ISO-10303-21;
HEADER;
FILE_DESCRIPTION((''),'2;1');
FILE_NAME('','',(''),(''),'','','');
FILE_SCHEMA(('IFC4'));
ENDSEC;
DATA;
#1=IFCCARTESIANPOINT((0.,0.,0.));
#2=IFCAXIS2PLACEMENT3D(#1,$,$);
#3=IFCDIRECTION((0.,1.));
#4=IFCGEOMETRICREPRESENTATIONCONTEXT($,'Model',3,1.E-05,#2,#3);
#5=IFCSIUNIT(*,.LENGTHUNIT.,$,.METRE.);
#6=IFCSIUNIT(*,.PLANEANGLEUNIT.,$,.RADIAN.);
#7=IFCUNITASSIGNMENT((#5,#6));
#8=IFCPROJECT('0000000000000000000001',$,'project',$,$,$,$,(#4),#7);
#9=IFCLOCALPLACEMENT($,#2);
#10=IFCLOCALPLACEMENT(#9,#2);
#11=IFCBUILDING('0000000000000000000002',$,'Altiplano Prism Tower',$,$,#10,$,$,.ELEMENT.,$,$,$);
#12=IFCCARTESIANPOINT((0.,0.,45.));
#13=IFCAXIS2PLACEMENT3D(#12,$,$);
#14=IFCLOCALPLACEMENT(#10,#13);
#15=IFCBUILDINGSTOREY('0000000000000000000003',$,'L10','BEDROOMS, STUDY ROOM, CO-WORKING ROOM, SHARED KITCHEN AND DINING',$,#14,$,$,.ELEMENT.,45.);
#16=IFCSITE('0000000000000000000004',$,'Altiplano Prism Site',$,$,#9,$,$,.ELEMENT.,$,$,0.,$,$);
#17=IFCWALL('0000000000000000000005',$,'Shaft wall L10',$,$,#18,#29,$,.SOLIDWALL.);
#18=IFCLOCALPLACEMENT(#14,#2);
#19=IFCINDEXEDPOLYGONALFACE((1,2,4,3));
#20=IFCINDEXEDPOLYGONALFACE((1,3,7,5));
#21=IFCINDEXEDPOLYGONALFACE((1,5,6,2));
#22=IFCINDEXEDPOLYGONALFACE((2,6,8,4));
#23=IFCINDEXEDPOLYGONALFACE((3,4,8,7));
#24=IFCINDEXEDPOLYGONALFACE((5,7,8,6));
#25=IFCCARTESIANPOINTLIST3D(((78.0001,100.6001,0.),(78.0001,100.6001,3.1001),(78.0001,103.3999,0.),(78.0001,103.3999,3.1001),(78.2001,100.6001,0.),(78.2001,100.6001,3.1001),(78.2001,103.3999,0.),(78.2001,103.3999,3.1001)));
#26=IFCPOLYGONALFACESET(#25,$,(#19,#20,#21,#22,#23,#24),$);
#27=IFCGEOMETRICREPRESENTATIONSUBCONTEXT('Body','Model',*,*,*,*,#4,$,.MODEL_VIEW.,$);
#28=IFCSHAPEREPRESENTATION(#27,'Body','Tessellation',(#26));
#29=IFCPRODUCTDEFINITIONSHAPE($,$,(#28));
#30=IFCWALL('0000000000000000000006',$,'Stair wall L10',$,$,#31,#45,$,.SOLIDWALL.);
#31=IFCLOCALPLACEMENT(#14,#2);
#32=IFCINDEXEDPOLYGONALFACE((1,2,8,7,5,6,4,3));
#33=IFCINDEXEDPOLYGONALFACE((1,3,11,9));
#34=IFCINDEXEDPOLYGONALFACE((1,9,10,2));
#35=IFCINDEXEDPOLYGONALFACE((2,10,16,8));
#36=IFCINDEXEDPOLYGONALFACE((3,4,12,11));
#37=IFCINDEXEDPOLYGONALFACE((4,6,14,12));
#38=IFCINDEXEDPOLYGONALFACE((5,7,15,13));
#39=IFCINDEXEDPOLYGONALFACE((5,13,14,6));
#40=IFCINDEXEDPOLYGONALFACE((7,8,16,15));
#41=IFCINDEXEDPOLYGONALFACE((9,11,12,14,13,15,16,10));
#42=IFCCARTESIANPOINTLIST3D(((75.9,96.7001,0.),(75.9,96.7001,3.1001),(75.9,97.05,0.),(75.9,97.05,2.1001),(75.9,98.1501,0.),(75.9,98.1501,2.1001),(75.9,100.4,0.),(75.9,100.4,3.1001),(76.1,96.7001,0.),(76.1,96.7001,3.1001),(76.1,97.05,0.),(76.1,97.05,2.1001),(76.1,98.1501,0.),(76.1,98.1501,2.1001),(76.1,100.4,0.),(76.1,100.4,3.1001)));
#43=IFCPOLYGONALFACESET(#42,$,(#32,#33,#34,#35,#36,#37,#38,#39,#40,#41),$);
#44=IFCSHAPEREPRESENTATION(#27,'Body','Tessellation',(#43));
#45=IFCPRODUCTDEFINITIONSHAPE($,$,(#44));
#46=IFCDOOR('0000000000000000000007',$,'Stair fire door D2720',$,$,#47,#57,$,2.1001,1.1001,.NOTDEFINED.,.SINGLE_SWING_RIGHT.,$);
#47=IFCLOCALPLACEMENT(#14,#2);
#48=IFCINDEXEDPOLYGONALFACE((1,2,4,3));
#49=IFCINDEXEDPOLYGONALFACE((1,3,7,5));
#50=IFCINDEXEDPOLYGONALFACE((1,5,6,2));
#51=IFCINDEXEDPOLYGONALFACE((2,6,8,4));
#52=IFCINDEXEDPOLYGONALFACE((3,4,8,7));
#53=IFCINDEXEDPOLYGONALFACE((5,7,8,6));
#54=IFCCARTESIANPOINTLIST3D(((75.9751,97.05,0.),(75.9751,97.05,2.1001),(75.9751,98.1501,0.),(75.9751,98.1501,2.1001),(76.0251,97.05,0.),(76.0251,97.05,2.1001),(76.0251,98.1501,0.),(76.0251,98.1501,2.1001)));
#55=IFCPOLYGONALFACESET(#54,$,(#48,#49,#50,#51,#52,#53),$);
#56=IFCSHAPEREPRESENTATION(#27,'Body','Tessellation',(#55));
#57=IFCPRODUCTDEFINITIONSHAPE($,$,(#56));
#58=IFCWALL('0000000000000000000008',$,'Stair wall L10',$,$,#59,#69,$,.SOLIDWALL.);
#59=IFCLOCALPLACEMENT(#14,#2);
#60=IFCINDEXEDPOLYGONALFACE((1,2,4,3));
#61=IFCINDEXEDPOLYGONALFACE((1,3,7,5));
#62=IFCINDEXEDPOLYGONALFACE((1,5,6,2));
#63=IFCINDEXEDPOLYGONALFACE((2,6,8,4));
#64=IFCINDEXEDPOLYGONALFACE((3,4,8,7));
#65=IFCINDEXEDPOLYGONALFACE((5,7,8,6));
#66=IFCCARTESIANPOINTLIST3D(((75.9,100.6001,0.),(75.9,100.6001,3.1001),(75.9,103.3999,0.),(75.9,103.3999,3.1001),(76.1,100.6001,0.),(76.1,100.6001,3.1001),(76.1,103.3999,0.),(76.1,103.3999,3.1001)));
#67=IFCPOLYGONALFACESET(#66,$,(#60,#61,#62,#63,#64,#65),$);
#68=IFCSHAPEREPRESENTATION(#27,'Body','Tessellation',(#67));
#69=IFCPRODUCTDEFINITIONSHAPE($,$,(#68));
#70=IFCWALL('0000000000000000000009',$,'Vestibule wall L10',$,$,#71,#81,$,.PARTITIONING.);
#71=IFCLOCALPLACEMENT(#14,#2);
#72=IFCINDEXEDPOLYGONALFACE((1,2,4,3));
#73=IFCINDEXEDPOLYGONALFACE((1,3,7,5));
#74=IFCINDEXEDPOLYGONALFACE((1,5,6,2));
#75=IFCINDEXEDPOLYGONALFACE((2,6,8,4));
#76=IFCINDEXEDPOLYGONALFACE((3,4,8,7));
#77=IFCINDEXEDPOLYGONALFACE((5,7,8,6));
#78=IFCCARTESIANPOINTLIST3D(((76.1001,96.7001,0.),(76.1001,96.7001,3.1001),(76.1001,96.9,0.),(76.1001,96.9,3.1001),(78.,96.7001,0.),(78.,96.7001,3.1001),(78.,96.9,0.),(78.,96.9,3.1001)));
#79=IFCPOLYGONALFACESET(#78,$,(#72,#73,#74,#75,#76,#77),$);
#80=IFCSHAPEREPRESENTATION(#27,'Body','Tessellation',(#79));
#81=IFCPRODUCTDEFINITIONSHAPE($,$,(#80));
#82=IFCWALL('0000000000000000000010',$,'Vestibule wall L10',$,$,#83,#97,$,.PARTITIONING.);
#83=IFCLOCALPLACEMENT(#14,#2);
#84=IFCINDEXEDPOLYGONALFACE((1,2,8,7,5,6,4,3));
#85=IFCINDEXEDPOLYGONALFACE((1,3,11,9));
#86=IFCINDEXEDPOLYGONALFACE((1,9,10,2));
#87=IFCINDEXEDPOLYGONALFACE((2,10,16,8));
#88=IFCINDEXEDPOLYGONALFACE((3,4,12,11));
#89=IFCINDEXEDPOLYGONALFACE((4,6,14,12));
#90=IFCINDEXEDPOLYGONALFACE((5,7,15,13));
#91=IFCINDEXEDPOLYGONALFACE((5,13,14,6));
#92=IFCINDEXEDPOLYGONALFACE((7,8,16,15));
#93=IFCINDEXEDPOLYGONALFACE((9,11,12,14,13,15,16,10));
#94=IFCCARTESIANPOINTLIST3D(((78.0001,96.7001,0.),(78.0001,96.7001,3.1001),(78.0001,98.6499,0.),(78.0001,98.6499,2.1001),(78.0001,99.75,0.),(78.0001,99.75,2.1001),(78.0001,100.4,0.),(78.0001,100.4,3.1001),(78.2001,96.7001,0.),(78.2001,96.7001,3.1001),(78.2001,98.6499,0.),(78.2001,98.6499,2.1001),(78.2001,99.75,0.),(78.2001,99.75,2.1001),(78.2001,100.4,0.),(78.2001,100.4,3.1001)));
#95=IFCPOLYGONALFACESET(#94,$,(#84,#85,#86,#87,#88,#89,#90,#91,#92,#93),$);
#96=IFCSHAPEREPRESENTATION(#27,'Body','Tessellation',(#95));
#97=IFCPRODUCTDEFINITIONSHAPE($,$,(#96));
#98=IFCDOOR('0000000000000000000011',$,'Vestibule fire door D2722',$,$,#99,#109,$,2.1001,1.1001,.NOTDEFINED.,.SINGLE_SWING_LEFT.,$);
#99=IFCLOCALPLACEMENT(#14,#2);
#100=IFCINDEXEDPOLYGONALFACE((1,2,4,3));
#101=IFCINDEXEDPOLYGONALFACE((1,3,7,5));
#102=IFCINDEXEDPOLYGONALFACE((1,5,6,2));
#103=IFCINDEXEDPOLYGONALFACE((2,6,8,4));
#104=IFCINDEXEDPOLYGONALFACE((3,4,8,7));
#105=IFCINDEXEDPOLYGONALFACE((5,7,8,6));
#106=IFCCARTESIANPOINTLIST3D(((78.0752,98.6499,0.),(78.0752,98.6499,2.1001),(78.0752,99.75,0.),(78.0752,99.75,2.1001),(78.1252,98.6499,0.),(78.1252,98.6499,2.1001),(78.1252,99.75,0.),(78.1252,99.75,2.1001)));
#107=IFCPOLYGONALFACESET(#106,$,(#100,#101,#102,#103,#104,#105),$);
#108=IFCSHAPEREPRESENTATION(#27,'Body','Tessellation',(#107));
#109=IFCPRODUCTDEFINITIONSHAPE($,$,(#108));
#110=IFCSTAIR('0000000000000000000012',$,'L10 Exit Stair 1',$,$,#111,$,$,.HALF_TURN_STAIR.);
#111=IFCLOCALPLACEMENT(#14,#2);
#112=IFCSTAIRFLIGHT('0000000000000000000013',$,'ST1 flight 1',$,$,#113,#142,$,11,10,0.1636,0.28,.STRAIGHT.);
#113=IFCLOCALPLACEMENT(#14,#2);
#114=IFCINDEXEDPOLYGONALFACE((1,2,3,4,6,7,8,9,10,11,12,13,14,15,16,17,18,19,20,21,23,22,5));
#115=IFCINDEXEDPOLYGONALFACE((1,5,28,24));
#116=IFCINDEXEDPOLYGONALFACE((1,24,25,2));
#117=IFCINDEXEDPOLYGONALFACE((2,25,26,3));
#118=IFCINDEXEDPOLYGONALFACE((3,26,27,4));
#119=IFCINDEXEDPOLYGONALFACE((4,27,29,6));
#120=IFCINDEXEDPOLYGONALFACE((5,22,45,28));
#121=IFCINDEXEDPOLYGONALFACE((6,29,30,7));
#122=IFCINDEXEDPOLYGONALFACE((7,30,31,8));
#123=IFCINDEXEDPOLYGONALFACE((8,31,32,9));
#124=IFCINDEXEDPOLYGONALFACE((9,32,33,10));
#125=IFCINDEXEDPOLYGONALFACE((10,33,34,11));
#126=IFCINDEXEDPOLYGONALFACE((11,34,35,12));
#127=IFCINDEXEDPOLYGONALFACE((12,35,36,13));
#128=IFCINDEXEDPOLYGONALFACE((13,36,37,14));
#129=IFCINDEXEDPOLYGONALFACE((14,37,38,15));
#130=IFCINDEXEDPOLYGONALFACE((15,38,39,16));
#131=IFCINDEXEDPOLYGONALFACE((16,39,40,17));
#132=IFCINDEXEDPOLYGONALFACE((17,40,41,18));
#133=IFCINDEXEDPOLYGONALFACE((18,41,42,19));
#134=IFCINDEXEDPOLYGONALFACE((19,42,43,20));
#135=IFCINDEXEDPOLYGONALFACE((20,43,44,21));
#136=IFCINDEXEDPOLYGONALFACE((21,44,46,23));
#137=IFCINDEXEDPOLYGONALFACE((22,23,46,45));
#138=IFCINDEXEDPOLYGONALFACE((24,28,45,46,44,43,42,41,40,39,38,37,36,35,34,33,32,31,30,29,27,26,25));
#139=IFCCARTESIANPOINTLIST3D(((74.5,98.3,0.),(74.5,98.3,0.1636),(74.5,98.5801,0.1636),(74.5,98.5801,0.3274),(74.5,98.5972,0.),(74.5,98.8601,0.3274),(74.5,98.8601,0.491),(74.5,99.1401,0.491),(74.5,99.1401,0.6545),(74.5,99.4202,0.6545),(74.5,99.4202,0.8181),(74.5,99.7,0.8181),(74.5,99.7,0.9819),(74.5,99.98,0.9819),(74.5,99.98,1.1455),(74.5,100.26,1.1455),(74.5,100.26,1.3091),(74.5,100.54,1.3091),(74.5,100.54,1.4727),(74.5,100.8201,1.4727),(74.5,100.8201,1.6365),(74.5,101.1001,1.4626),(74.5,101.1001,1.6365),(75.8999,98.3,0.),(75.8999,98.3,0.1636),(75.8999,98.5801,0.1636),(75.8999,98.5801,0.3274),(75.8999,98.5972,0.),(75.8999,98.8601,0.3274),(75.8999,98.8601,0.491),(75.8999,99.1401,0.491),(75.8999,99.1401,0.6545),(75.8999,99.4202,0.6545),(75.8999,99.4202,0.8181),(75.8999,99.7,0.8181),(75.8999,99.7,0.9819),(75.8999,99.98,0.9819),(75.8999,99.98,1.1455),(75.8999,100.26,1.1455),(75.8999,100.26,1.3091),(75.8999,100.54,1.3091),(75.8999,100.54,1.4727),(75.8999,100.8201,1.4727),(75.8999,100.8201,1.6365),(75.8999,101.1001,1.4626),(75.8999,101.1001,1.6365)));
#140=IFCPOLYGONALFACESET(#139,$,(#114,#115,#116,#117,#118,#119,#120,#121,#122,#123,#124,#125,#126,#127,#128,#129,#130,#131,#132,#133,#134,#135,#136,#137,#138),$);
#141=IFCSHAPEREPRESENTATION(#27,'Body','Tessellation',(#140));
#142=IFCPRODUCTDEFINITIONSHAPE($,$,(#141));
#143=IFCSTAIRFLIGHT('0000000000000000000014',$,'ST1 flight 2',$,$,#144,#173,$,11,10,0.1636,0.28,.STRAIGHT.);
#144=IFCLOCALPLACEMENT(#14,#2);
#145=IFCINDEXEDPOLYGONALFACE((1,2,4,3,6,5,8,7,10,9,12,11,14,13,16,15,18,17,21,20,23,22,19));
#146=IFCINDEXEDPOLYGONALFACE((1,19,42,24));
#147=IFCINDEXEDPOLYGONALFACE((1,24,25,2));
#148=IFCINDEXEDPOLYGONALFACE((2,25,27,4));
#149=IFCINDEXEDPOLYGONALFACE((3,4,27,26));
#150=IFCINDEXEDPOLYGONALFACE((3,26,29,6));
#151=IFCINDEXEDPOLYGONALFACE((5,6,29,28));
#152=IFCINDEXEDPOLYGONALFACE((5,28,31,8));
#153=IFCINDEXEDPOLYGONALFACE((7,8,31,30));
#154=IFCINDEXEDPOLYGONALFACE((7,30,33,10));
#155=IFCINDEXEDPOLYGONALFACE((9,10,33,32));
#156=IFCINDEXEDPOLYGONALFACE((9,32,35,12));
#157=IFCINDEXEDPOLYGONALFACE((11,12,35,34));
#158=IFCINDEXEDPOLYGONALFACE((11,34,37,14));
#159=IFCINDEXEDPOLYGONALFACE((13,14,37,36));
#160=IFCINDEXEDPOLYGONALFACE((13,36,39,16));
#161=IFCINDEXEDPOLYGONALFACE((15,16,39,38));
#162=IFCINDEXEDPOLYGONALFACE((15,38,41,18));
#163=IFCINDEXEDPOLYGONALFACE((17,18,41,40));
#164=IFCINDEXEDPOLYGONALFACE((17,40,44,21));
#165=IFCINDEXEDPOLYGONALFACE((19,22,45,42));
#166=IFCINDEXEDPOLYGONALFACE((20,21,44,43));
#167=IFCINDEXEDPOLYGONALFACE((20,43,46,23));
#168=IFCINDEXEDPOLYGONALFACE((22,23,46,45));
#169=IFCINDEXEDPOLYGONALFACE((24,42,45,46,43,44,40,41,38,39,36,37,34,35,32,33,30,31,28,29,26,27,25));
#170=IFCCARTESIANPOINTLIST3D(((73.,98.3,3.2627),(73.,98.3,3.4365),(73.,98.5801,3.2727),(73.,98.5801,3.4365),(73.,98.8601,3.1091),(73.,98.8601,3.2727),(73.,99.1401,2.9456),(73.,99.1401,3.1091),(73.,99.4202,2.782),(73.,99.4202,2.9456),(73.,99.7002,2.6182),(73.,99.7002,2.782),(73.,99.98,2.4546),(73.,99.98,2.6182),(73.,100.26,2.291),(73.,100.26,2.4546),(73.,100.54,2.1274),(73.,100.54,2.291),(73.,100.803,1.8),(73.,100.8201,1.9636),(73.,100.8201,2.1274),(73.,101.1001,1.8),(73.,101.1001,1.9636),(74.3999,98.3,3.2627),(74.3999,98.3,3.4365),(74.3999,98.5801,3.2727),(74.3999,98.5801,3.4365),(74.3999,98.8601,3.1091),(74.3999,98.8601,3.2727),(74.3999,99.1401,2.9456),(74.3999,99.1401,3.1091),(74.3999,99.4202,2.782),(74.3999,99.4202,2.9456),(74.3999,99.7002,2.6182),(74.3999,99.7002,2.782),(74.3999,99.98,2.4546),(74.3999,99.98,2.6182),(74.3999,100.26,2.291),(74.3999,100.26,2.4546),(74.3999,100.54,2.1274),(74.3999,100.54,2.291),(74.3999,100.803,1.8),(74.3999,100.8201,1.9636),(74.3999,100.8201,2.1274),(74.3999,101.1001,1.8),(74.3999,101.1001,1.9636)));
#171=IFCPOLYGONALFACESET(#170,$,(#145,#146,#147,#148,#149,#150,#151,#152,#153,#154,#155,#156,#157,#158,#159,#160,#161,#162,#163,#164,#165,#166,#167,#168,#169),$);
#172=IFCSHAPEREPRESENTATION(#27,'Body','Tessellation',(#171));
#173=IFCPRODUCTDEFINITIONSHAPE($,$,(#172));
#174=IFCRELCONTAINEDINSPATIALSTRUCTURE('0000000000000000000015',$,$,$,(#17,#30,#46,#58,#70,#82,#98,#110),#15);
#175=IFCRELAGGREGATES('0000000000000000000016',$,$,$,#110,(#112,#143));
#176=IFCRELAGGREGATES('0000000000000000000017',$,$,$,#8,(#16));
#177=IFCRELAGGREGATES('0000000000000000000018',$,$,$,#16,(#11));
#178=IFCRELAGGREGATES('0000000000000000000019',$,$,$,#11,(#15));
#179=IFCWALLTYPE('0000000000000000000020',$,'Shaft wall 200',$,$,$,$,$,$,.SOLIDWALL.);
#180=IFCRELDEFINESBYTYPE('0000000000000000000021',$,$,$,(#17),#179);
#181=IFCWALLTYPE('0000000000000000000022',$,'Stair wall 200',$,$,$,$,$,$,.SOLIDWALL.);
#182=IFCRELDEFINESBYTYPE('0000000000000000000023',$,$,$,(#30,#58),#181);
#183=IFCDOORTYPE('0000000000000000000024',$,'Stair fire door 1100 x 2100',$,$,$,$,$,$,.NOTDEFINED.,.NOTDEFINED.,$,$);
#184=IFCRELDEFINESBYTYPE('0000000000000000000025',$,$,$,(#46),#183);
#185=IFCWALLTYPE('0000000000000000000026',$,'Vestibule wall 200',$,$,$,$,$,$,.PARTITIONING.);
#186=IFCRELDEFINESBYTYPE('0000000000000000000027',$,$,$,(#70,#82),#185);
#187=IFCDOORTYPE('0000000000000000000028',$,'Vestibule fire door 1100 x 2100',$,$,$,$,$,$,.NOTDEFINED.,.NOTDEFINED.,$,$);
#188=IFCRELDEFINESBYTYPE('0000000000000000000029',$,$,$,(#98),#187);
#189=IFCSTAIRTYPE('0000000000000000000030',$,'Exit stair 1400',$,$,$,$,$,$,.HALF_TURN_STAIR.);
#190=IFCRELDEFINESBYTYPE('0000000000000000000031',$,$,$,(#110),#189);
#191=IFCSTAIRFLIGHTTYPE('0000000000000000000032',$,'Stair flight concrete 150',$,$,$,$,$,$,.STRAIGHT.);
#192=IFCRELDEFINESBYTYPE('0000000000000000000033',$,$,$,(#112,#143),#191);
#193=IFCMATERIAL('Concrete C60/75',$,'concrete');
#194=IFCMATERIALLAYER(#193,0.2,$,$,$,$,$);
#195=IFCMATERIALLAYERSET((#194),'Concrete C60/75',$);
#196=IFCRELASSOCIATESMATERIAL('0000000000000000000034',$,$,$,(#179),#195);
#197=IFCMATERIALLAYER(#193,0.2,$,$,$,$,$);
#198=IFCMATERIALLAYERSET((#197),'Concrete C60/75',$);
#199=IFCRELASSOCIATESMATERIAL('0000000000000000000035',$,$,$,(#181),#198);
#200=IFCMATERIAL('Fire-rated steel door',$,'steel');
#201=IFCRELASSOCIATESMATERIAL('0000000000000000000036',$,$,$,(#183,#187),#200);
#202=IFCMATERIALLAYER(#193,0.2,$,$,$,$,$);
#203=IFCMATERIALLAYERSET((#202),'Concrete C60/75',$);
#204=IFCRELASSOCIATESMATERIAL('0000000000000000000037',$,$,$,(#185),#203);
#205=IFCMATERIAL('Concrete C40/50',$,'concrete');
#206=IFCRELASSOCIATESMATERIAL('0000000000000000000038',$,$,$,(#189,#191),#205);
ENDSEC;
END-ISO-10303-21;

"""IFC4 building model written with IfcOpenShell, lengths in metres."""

from ifc_helpers import new_model, si_unit, direction, frame, frame_2d, origin, place, context, subcontext, project, spatial, polyline, rectangle, outline, extrude, material, layer, layer_set, type_object, element, fill, aggregate, save


model = new_model("IFC4")

# Units and contexts
model_context = context("Model", 3, precision=1e-05, world=origin(), true_north=direction((0.0, 1.0)))
body_context = subcontext(model_context, "Body", "Model", "MODEL_VIEW")
ifc_project = project(units=[si_unit("LENGTHUNIT", "METRE"), si_unit("PLANEANGLEUNIT", "RADIAN")], contexts=[model_context])

# Site, building, storey
site_placement = place(None, origin())
site = spatial("IfcSite", under=ifc_project, at=site_placement, Name="Altiplano Prism Site", CompositionType="ELEMENT", RefElevation=0.0)
building_placement = place(site_placement, origin())
building = spatial("IfcBuilding", under=site, at=building_placement, Name="Altiplano Prism Tower", CompositionType="ELEMENT")
storey_placement = place(building_placement, frame((0.0, 0.0, 45.0)))
storey = spatial("IfcBuildingStorey", under=building, at=storey_placement, Name="L10", Description="BEDROOMS, STUDY ROOM, CO-WORKING ROOM, SHARED KITCHEN AND DINING", CompositionType="ELEMENT", Elevation=45.0)

# Wall
ifc_material_1 = material(Name="Concrete C60/75", Category="concrete")
ifc_layer_1 = layer(ifc_material_1, 0.2)
ifc_layer_set_1 = layer_set([ifc_layer_1], Name="Concrete C60/75")
wall_type_1 = type_object("IfcWallType", Name="Shaft wall 200", PredefinedType="SOLIDWALL", material=ifc_layer_set_1)
wall_1_placement = place(storey_placement, frame((78.1001, 100.6001, 0.0), z_axis=(0.0, 0.0, 1.0), x_axis=(0.0, 1.0, 0.0)))
element("IfcWall", 1, at=wall_1_placement, inside=storey, type_object=wall_type_1, Name="Shaft wall L10", PredefinedType="SOLIDWALL", context=body_context, shape_type="SweptSolid", body=[
    extrude(rectangle(XDim=2.7998, YDim=0.2, at=frame_2d((1.3999, 0.0))), origin(), (0.0, 0.0, 1.0), 3.1001),
])

# Wall, opening, door
ifc_layer_2 = layer(ifc_material_1, 0.2)
ifc_layer_set_2 = layer_set([ifc_layer_2], Name="Concrete C60/75")
wall_type_2 = type_object("IfcWallType", Name="Stair wall 200", PredefinedType="SOLIDWALL", material=ifc_layer_set_2)
wall_2_placement = place(storey_placement, frame((76.0, 96.7, 0.0), z_axis=(0.0, 0.0, 1.0), x_axis=(0.0, 1.0, 0.0)))
wall_2 = element("IfcWall", 2, at=wall_2_placement, inside=storey, type_object=wall_type_2, Name="Stair wall L10", PredefinedType="SOLIDWALL", context=body_context, shape_type="SweptSolid", body=[
    extrude(rectangle(XDim=3.7, YDim=0.2, at=frame_2d((1.8501, 0.0))), origin(), (0.0, 0.0, 1.0), 3.1001),
])
opening_1_placement = place(wall_2_placement, frame((0.3501, 0.0, 0.0)))
opening_1 = element("IfcOpeningElement", 3, at=opening_1_placement, cuts=wall_2, PredefinedType="OPENING", context=body_context, shape_type="SweptSolid", body=[
    extrude(rectangle(XDim=1.1001, YDim=2.1001, at=frame_2d((0.55, 1.05))), frame((0.0, 0.1104, 0.0), z_axis=(0.0, -1.0, 0.0), x_axis=(1.0, 0.0, 0.0)), (0.0, 0.0, 1.0), 0.2209),
])
ifc_material_2 = material(Name="Fire-rated steel door", Category="steel")
door_type_1 = type_object("IfcDoorType", Name="Stair fire door 1100 x 2100", OperationType="NOTDEFINED", PredefinedType="NOTDEFINED", material=ifc_material_2)
door_1_placement = place(opening_1_placement, origin())
door_1 = element("IfcDoor", 4, at=door_1_placement, inside=storey, type_object=door_type_1, Name="Stair fire door D2720", OperationType="SINGLE_SWING_RIGHT", OverallHeight=2.1001, OverallWidth=1.1001, PredefinedType="NOTDEFINED", context=body_context, shape_type="SweptSolid", body=[
    extrude(rectangle(XDim=1.1001, YDim=2.1001, at=frame_2d((0.55, 1.05))), frame((0.0, 0.0249, 0.0), z_axis=(0.0, -1.0, 0.0), x_axis=(1.0, 0.0, 0.0)), (0.0, 0.0, 1.0), 0.05),
])
fill(opening_1, door_1)

# Walls
wall_3_placement = place(storey_placement, frame((76.0, 100.6001, 0.0), z_axis=(0.0, 0.0, 1.0), x_axis=(0.0, 1.0, 0.0)))
element("IfcWall", 5, at=wall_3_placement, inside=storey, type_object=wall_type_2, Name="Stair wall L10", PredefinedType="SOLIDWALL", context=body_context, shape_type="SweptSolid", body=[
    extrude(rectangle(XDim=2.7998, YDim=0.2, at=frame_2d((1.3999, 0.0))), origin(), (0.0, 0.0, 1.0), 3.1001),
])
ifc_layer_3 = layer(ifc_material_1, 0.2)
ifc_layer_set_3 = layer_set([ifc_layer_3], Name="Concrete C60/75")
wall_type_3 = type_object("IfcWallType", Name="Vestibule wall 200", PredefinedType="PARTITIONING", material=ifc_layer_set_3)
wall_4_placement = place(storey_placement, frame((76.1001, 96.8, 0.0), z_axis=(0.0, 0.0, 1.0), x_axis=(1.0, 0.0, 0.0)))
element("IfcWall", 6, at=wall_4_placement, inside=storey, type_object=wall_type_3, Name="Vestibule wall L10", PredefinedType="PARTITIONING", context=body_context, shape_type="SweptSolid", body=[
    extrude(rectangle(XDim=1.8999, YDim=0.2, at=frame_2d((0.95, 0.0))), origin(), (0.0, 0.0, 1.0), 3.1001),
])

# Wall, opening, door
wall_5_placement = place(storey_placement, frame((78.1001, 96.7, 0.0), z_axis=(0.0, 0.0, 1.0), x_axis=(0.0, 1.0, 0.0)))
wall_5 = element("IfcWall", 7, at=wall_5_placement, inside=storey, type_object=wall_type_3, Name="Vestibule wall L10", PredefinedType="PARTITIONING", context=body_context, shape_type="SweptSolid", body=[
    extrude(rectangle(XDim=3.7, YDim=0.2, at=frame_2d((1.8501, 0.0))), origin(), (0.0, 0.0, 1.0), 3.1001),
])
opening_2_placement = place(wall_5_placement, frame((1.95, 0.0, 0.0)))
opening_2 = element("IfcOpeningElement", 8, at=opening_2_placement, cuts=wall_5, PredefinedType="OPENING", context=body_context, shape_type="SweptSolid", body=[
    extrude(rectangle(XDim=1.1001, YDim=2.1001, at=frame_2d((0.55, 1.05))), frame((0.0, 0.1104, 0.0), z_axis=(0.0, -1.0, 0.0), x_axis=(1.0, 0.0, 0.0)), (0.0, 0.0, 1.0), 0.2209),
])
door_type_2 = type_object("IfcDoorType", Name="Vestibule fire door 1100 x 2100", OperationType="NOTDEFINED", PredefinedType="NOTDEFINED", material=ifc_material_2)
door_2_placement = place(opening_2_placement, origin())
door_2 = element("IfcDoor", 9, at=door_2_placement, inside=storey, type_object=door_type_2, Name="Vestibule fire door D2722", OperationType="SINGLE_SWING_LEFT", OverallHeight=2.1001, OverallWidth=1.1001, PredefinedType="NOTDEFINED", context=body_context, shape_type="SweptSolid", body=[
    extrude(rectangle(XDim=1.1001, YDim=2.1001, at=frame_2d((0.55, 1.05))), frame((0.0, 0.0249, 0.0), z_axis=(0.0, -1.0, 0.0), x_axis=(1.0, 0.0, 0.0)), (0.0, 0.0, 1.0), 0.05),
])
fill(opening_2, door_2)

# Stair, stair flights
ifc_material_3 = material(Name="Concrete C40/50", Category="concrete")
stair_type = type_object("IfcStairType", Name="Exit stair 1400", PredefinedType="HALF_TURN_STAIR", material=ifc_material_3)
stair_placement = place(storey_placement, origin())
stair = element("IfcStair", 10, at=stair_placement, inside=storey, type_object=stair_type, Name="L10 Exit Stair 1", PredefinedType="HALF_TURN_STAIR")
stair_flight_type = type_object("IfcStairFlightType", Name="Stair flight concrete 150", PredefinedType="STRAIGHT", material=ifc_material_3)
stair_flight_1_placement = place(storey_placement, frame((75.2, 98.3, 0.0), z_axis=(0.0, 0.0, 1.0), x_axis=(0.0, 1.0, 0.0)))
stair_flight_1 = element("IfcStairFlight", 11, at=stair_flight_1_placement, type_object=stair_flight_type, Name="ST1 flight 1", NumberOfRisers=11, NumberOfTreads=10, PredefinedType="STRAIGHT", RiserHeight=0.1636, TreadLength=0.28, context=body_context, shape_type="SweptSolid", body=[
    extrude(outline(polyline([(0.0, 0.0), (0.0, 0.1636), (0.28, 0.1636), (0.28, 0.3274), (0.5601, 0.3274), (0.5601, 0.491), (0.8401, 0.491), (0.8401, 0.6545), (1.1201, 0.6545), (1.1201, 0.8181), (1.3999, 0.8181), (1.3999, 0.9819), (1.6799, 0.9819), (1.6799, 1.1455), (1.96, 1.1455), (1.96, 1.3091), (2.24, 1.3091), (2.24, 1.4727), (2.52, 1.4727), (2.52, 1.6365), (2.8, 1.6365), (2.8, 1.8), (2.8, 1.4626), (0.2971, 0.0), (0.0, 0.0)])), frame((0.0, 0.7, 0.0), z_axis=(0.0, -1.0, 0.0), x_axis=(1.0, 0.0, 0.0)), (0.0, 0.0, 1.0), 1.3999),
])
stair_flight_2_placement = place(storey_placement, frame((73.7, 101.1001, 1.8), z_axis=(0.0, 0.0, 1.0), x_axis=(0.0, -1.0, 0.0)))
stair_flight_2 = element("IfcStairFlight", 12, at=stair_flight_2_placement, type_object=stair_flight_type, Name="ST1 flight 2", NumberOfRisers=11, NumberOfTreads=10, PredefinedType="STRAIGHT", RiserHeight=0.1636, TreadLength=0.28, context=body_context, shape_type="SweptSolid", body=[
    extrude(outline(polyline([(0.0, 0.0), (0.0, 0.1636), (0.28, 0.1636), (0.28, 0.3274), (0.5601, 0.3274), (0.5601, 0.491), (0.8401, 0.491), (0.8401, 0.6545), (1.1201, 0.6545), (1.1201, 0.8181), (1.3999, 0.8181), (1.3999, 0.9819), (1.6799, 0.9819), (1.6799, 1.1455), (1.96, 1.1455), (1.96, 1.3091), (2.24, 1.3091), (2.24, 1.4727), (2.52, 1.4727), (2.52, 1.6365), (2.8, 1.6365), (2.8, 1.8), (2.8, 1.4626), (0.2971, 0.0), (0.0, 0.0)])), frame((0.0, 0.7, 0.0), z_axis=(0.0, -1.0, 0.0), x_axis=(1.0, 0.0, 0.0)), (0.0, 0.0, 1.0), 1.3999),
])
aggregate(stair, [stair_flight_1, stair_flight_2])

save(model, "model.ifc")
